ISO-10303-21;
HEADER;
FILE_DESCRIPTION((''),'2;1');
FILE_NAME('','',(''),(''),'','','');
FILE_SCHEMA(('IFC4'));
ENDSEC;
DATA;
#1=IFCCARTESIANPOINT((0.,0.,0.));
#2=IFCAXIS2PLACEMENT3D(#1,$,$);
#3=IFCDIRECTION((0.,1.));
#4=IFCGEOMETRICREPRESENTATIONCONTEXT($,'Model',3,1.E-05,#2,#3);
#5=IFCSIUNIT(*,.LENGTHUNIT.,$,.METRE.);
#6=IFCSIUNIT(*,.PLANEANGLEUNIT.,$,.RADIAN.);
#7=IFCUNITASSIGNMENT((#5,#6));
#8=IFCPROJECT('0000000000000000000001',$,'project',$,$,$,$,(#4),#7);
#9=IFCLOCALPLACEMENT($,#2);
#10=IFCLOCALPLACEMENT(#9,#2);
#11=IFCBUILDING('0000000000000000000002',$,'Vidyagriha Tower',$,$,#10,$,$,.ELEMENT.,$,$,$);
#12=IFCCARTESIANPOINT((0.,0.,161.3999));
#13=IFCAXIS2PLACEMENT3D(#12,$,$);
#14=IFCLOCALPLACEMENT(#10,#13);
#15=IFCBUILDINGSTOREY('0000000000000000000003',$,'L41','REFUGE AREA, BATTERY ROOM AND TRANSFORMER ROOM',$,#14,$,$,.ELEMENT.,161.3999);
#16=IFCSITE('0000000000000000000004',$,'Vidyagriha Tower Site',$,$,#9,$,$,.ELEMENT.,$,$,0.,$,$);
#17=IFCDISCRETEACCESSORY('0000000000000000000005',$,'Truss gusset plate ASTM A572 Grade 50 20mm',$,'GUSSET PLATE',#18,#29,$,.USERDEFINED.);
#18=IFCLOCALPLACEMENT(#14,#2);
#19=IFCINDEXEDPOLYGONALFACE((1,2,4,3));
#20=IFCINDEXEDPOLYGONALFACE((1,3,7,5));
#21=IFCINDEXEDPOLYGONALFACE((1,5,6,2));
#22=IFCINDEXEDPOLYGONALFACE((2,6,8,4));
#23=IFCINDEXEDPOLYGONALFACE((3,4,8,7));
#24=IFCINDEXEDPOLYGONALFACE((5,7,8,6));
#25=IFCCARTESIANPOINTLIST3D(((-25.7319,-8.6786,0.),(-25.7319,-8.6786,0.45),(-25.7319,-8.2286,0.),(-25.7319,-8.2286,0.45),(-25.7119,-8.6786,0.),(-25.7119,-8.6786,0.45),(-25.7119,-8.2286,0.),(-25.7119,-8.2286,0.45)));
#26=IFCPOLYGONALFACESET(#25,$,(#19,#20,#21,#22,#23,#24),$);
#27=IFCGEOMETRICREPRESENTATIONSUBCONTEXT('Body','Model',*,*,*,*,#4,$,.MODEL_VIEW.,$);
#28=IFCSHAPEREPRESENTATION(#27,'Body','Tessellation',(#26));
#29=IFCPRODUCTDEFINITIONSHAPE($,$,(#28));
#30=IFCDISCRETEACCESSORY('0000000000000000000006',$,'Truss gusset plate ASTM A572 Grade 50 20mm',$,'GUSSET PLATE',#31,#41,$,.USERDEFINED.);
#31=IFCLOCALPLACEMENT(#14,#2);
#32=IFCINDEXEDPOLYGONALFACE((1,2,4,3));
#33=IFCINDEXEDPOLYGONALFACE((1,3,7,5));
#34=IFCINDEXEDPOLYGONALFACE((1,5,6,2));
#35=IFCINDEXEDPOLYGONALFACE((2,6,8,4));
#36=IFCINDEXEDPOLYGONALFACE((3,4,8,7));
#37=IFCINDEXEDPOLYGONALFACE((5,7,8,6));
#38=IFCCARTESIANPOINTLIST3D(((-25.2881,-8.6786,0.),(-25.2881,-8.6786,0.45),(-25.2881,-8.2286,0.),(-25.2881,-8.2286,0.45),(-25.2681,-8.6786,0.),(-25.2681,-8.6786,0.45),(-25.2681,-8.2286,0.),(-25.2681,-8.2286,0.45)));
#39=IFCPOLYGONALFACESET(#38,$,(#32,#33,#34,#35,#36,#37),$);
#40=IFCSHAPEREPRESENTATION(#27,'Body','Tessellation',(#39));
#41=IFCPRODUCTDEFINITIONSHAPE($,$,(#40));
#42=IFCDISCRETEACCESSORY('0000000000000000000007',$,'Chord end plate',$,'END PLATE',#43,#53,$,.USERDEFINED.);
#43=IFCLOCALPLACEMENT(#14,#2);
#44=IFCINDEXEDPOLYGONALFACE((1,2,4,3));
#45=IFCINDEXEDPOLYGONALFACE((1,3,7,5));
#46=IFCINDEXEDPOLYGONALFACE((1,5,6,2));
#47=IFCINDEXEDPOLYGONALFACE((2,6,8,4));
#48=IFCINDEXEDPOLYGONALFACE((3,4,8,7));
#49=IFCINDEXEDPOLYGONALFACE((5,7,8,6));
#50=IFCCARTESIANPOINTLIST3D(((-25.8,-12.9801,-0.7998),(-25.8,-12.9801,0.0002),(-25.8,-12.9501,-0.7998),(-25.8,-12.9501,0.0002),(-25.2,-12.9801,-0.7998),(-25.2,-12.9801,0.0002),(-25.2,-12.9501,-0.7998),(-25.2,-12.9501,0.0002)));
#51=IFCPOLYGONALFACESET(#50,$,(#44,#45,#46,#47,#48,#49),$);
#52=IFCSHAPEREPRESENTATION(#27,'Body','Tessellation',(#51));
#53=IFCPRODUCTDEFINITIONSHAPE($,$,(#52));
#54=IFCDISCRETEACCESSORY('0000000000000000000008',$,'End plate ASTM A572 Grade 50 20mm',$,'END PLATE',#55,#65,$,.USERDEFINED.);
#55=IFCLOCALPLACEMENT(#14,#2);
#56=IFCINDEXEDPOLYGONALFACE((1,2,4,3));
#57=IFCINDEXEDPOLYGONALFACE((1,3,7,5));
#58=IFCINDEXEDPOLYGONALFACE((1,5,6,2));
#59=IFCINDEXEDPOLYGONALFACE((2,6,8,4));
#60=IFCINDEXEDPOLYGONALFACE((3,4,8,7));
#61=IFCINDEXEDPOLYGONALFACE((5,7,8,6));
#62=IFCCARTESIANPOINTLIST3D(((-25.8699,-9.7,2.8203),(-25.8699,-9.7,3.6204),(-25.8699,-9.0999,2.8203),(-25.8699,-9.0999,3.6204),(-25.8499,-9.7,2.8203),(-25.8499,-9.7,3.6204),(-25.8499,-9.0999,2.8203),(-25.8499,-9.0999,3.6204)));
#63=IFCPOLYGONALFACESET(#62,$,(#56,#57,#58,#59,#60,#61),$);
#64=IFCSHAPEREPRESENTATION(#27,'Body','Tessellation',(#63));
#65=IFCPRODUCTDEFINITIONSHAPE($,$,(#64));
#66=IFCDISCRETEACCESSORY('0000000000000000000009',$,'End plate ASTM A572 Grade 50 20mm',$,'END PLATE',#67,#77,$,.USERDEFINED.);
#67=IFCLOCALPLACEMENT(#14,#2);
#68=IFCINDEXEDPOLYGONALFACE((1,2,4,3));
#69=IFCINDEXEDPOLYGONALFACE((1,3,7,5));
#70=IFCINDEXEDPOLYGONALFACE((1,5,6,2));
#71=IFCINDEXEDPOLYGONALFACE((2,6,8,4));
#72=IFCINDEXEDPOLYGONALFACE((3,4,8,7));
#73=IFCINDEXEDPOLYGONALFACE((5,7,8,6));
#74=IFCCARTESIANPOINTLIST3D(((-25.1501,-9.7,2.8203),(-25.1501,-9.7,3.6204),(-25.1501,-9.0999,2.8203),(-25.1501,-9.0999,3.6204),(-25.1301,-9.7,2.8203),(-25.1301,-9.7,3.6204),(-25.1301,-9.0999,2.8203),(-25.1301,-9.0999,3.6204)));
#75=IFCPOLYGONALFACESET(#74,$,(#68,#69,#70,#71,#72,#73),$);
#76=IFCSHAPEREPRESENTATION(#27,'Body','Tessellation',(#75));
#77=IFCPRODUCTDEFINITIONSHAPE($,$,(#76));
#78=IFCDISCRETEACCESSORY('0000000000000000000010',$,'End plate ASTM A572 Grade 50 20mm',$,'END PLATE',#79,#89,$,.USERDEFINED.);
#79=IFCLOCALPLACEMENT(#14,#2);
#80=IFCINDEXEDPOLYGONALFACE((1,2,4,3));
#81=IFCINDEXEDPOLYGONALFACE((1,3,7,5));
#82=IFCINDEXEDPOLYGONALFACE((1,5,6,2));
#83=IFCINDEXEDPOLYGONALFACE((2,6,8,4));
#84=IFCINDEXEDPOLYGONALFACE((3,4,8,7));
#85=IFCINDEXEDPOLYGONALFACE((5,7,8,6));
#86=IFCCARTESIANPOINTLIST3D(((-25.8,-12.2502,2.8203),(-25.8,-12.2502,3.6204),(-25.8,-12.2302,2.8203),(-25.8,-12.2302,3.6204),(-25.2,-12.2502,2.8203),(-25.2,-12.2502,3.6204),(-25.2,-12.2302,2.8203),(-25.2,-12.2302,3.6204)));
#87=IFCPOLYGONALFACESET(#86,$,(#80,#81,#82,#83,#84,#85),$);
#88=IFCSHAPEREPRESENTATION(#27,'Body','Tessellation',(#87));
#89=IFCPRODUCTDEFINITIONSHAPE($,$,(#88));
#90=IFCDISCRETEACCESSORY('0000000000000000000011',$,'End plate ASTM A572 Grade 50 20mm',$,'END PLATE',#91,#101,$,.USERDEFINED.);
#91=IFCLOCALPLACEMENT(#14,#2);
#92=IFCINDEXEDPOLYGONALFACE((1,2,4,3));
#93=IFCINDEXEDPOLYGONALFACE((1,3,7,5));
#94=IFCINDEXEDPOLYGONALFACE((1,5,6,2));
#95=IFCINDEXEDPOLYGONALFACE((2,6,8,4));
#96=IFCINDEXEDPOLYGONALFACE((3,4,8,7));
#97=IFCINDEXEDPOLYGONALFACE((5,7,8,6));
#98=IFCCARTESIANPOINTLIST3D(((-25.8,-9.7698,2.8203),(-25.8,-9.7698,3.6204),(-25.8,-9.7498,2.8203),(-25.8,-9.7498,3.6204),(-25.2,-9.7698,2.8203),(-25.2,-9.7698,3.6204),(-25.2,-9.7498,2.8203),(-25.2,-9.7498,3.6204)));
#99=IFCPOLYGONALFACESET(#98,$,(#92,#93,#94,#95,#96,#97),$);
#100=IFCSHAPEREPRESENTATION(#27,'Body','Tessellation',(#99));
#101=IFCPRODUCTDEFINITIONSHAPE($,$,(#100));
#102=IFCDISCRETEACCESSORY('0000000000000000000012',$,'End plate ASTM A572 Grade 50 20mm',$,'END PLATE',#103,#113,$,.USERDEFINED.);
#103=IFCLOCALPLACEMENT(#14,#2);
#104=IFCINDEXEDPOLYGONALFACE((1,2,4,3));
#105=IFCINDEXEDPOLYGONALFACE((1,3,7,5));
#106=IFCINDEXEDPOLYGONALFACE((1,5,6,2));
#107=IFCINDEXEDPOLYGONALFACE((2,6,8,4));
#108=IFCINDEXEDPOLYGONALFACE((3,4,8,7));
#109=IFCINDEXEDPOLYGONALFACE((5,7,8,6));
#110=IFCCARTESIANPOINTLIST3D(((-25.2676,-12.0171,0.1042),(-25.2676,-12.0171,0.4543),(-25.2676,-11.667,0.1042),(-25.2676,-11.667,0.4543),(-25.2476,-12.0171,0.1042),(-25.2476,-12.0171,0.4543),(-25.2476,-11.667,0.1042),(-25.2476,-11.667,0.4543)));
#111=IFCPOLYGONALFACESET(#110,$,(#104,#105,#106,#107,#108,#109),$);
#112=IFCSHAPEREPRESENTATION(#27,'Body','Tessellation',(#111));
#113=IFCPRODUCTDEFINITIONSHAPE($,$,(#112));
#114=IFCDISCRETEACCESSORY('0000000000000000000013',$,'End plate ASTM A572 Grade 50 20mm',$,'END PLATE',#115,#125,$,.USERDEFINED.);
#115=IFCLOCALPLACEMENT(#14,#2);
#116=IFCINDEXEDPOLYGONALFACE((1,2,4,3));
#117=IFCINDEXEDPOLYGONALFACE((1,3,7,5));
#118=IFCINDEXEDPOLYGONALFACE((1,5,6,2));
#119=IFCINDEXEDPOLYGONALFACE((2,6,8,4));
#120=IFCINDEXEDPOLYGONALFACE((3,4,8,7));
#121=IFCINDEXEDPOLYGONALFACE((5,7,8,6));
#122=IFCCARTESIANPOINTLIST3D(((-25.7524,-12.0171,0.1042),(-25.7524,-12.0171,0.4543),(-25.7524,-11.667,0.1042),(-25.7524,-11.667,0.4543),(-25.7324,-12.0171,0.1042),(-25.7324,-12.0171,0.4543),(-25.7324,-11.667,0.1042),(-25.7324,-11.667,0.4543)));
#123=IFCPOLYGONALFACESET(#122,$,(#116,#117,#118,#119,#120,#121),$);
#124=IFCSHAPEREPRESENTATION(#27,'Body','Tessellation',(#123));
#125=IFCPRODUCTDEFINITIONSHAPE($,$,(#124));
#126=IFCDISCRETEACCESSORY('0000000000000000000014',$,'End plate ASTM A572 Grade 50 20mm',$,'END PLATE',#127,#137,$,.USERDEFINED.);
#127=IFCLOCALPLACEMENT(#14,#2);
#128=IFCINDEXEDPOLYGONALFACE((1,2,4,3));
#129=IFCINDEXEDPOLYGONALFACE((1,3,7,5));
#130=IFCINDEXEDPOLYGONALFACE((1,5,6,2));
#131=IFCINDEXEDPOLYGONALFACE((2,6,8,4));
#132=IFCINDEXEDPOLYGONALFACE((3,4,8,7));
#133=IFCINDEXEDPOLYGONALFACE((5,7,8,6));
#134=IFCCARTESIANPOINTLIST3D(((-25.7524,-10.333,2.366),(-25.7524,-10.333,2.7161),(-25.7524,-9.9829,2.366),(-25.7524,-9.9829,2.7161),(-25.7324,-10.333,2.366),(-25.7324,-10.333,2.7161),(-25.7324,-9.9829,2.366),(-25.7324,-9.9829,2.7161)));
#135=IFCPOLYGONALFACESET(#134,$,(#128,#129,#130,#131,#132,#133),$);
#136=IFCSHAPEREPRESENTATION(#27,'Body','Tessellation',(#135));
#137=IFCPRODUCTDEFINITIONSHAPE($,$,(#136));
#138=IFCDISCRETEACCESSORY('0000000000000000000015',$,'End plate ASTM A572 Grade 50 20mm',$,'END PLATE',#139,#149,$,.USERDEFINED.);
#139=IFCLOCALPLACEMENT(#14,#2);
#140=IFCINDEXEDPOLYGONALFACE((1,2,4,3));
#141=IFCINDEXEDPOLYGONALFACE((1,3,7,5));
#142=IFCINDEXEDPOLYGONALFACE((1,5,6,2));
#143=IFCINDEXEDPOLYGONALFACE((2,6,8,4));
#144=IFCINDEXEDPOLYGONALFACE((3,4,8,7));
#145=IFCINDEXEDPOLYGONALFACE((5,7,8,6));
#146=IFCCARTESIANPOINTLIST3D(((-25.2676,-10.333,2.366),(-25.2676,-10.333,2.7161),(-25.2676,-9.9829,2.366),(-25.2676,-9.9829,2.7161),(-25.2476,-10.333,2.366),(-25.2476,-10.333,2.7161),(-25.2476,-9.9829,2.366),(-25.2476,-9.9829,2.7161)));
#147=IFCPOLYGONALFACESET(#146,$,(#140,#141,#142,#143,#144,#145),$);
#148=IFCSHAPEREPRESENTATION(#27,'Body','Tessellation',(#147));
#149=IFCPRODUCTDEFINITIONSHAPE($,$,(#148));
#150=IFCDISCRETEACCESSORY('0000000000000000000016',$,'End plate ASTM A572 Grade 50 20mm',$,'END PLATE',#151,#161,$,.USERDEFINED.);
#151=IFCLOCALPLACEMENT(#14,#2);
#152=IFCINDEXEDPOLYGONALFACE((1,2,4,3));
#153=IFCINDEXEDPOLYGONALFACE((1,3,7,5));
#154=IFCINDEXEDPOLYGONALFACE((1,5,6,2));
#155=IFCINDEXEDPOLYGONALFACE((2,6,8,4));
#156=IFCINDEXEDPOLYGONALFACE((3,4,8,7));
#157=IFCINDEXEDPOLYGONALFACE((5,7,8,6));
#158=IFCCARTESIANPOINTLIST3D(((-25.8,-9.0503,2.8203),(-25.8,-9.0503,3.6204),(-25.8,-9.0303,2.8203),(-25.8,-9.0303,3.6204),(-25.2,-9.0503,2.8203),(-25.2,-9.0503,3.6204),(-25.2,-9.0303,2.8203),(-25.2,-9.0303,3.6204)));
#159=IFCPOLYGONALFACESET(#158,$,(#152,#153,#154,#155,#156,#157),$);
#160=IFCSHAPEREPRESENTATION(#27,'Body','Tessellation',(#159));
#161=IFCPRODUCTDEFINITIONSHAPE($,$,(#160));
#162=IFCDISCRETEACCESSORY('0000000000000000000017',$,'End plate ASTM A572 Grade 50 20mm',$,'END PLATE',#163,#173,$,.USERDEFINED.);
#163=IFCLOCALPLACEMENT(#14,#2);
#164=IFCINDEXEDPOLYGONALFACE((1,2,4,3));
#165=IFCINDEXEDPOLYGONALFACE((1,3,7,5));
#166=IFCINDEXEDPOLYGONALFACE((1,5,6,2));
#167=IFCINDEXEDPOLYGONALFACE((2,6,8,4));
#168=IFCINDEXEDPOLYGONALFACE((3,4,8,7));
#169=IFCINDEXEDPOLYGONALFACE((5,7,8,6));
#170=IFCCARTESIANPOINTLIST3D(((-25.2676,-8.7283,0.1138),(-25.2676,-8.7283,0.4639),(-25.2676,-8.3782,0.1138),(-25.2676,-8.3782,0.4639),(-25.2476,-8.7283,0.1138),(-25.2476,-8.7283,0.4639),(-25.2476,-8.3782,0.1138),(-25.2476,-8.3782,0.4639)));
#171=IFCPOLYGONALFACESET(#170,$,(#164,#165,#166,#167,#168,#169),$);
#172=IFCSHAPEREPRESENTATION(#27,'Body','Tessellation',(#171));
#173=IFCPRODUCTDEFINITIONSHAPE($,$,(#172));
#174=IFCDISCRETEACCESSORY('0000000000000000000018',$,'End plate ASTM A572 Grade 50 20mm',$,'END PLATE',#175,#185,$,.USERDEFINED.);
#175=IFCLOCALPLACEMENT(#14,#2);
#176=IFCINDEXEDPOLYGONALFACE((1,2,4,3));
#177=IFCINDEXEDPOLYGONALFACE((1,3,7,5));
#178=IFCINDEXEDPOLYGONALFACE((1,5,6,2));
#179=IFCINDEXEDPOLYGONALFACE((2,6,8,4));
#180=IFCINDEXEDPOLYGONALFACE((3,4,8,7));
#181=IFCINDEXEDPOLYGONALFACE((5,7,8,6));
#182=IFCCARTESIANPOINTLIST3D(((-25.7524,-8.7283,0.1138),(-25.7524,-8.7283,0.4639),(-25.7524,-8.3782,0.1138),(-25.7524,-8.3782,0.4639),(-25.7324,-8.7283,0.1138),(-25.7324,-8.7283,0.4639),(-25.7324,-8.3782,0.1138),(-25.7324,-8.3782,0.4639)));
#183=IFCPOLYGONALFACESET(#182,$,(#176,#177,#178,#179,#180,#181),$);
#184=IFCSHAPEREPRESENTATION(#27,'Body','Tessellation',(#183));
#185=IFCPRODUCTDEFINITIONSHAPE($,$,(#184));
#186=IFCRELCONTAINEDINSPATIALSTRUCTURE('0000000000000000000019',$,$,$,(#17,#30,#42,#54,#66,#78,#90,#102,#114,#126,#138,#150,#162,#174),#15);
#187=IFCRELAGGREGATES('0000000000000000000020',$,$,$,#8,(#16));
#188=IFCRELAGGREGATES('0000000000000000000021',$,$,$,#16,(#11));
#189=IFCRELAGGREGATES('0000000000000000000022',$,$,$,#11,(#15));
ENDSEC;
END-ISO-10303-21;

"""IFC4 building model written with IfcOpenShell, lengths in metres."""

from ifc_helpers import new_model, si_unit, direction, frame, origin, origin_2d, place, context, subcontext, project, spatial, rectangle, extrude, element, save


model = new_model("IFC4")

# Units and contexts
model_context = context("Model", 3, precision=1e-05, world=origin(), true_north=direction((0.0, 1.0)))
body_context = subcontext(model_context, "Body", "Model", "MODEL_VIEW")
ifc_project = project(units=[si_unit("LENGTHUNIT", "METRE"), si_unit("PLANEANGLEUNIT", "RADIAN")], contexts=[model_context])

# Site, building, storey
site_placement = place(None, origin())
site = spatial("IfcSite", under=ifc_project, at=site_placement, Name="Vidyagriha Tower Site", CompositionType="ELEMENT", RefElevation=0.0)
building_placement = place(site_placement, origin())
building = spatial("IfcBuilding", under=site, at=building_placement, Name="Vidyagriha Tower", CompositionType="ELEMENT")
storey_placement = place(building_placement, frame((0.0, 0.0, 161.3999)))
storey = spatial("IfcBuildingStorey", under=building, at=storey_placement, Name="L41", Description="REFUGE AREA, BATTERY ROOM AND TRANSFORMER ROOM", CompositionType="ELEMENT", Elevation=161.3999)

# Discrete accessories
for number, where, z_axis, x_axis, name in (
    (1, (-25.7219, -8.4536, 0.0), (0.0, 0.0, 1.0), (0.0, 1.0, 0.0), "Truss gusset plate ASTM A572 Grade 50 20mm"),
    (2, (-25.2781, -8.4536, 0.0), (0.0, 0.0, 1.0), (0.0, 1.0, 0.0), "Truss gusset plate ASTM A572 Grade 50 20mm"),
):
    element("IfcDiscreteAccessory", number, at=place(storey_placement, frame(where, z_axis=z_axis, x_axis=x_axis)), inside=storey, Name=name, ObjectType="GUSSET PLATE", PredefinedType="USERDEFINED", context=body_context, shape_type="SweptSolid", body=[
        extrude(rectangle(XDim=0.45, YDim=0.02, at=origin_2d()), origin(), (0.0, 0.0, 1.0), 0.45),
    ])
discrete_accessory_1_placement = place(storey_placement, frame((-25.5, -12.9651, -0.7998), z_axis=(0.0, 0.0, 1.0), x_axis=(0.0, -1.0, 0.0)))
element("IfcDiscreteAccessory", 3, at=discrete_accessory_1_placement, inside=storey, Name="Chord end plate", ObjectType="END PLATE", PredefinedType="USERDEFINED", context=body_context, shape_type="SweptSolid", body=[
    extrude(rectangle(XDim=0.03, YDim=0.6001, at=origin_2d()), origin(), (0.0, 0.0, 1.0), 0.8),
])
discrete_accessory_2_placement = place(storey_placement, frame((-25.8599, -9.3999, 2.8203)))
element("IfcDiscreteAccessory", 4, at=discrete_accessory_2_placement, inside=storey, Name="End plate ASTM A572 Grade 50 20mm", ObjectType="END PLATE", PredefinedType="USERDEFINED", context=body_context, shape_type="SweptSolid", body=[
    extrude(rectangle(XDim=0.02, YDim=0.6001, at=origin_2d()), origin(), (0.0, 0.0, 1.0), 0.8),
])
for number, where, z_axis, x_axis, name in (
    (5, (-25.1401, -9.3999, 2.8203), (0.0, 0.0, 1.0), (-1.0, 0.0, 0.0), "End plate ASTM A572 Grade 50 20mm"),
    (6, (-25.5, -12.2402, 2.8203), (0.0, 0.0, 1.0), (0.0, -1.0, 0.0), "End plate ASTM A572 Grade 50 20mm"),
    (7, (-25.5, -9.7598, 2.8203), (0.0, 0.0, 1.0), (0.0, 1.0, 0.0), "End plate ASTM A572 Grade 50 20mm"),
):
    element("IfcDiscreteAccessory", number, at=place(storey_placement, frame(where, z_axis=z_axis, x_axis=x_axis)), inside=storey, Name=name, ObjectType="END PLATE", PredefinedType="USERDEFINED", context=body_context, shape_type="SweptSolid", body=[
        extrude(rectangle(XDim=0.02, YDim=0.6001, at=origin_2d()), origin(), (0.0, 0.0, 1.0), 0.8),
    ])
for number, where, z_axis, x_axis, name in (
    (8, (-25.2576, -11.842, 0.1042), (0.0, 0.0, 1.0), (0.0, -1.0, 0.0), "End plate ASTM A572 Grade 50 20mm"),
    (9, (-25.7424, -11.842, 0.1042), (0.0, 0.0, 1.0), (0.0, -1.0, 0.0), "End plate ASTM A572 Grade 50 20mm"),
    (10, (-25.7424, -10.158, 2.366), (0.0, 0.0, 1.0), (0.0, 1.0, 0.0), "End plate ASTM A572 Grade 50 20mm"),
    (11, (-25.2576, -10.158, 2.366), (0.0, 0.0, 1.0), (0.0, 1.0, 0.0), "End plate ASTM A572 Grade 50 20mm"),
):
    element("IfcDiscreteAccessory", number, at=place(storey_placement, frame(where, z_axis=z_axis, x_axis=x_axis)), inside=storey, Name=name, ObjectType="END PLATE", PredefinedType="USERDEFINED", context=body_context, shape_type="SweptSolid", body=[
        extrude(rectangle(XDim=0.3501, YDim=0.02, at=origin_2d()), origin(), (0.0, 0.0, 1.0), 0.3501),
    ])
discrete_accessory_3_placement = place(storey_placement, frame((-25.5, -9.0403, 2.8203), z_axis=(0.0, 0.0, 1.0), x_axis=(0.0, -1.0, 0.0)))
element("IfcDiscreteAccessory", 12, at=discrete_accessory_3_placement, inside=storey, Name="End plate ASTM A572 Grade 50 20mm", ObjectType="END PLATE", PredefinedType="USERDEFINED", context=body_context, shape_type="SweptSolid", body=[
    extrude(rectangle(XDim=0.02, YDim=0.6001, at=origin_2d()), origin(), (0.0, 0.0, 1.0), 0.8),
])
for number, where, z_axis, x_axis, name in (
    (13, (-25.2576, -8.5532, 0.1138), (0.0, 0.0, 1.0), (0.0, -1.0, 0.0), "End plate ASTM A572 Grade 50 20mm"),
    (14, (-25.7424, -8.5532, 0.1138), (0.0, 0.0, 1.0), (0.0, -1.0, 0.0), "End plate ASTM A572 Grade 50 20mm"),
):
    element("IfcDiscreteAccessory", number, at=place(storey_placement, frame(where, z_axis=z_axis, x_axis=x_axis)), inside=storey, Name=name, ObjectType="END PLATE", PredefinedType="USERDEFINED", context=body_context, shape_type="SweptSolid", body=[
        extrude(rectangle(XDim=0.3501, YDim=0.02, at=origin_2d()), origin(), (0.0, 0.0, 1.0), 0.3501),
    ])

save(model, "model.ifc")
